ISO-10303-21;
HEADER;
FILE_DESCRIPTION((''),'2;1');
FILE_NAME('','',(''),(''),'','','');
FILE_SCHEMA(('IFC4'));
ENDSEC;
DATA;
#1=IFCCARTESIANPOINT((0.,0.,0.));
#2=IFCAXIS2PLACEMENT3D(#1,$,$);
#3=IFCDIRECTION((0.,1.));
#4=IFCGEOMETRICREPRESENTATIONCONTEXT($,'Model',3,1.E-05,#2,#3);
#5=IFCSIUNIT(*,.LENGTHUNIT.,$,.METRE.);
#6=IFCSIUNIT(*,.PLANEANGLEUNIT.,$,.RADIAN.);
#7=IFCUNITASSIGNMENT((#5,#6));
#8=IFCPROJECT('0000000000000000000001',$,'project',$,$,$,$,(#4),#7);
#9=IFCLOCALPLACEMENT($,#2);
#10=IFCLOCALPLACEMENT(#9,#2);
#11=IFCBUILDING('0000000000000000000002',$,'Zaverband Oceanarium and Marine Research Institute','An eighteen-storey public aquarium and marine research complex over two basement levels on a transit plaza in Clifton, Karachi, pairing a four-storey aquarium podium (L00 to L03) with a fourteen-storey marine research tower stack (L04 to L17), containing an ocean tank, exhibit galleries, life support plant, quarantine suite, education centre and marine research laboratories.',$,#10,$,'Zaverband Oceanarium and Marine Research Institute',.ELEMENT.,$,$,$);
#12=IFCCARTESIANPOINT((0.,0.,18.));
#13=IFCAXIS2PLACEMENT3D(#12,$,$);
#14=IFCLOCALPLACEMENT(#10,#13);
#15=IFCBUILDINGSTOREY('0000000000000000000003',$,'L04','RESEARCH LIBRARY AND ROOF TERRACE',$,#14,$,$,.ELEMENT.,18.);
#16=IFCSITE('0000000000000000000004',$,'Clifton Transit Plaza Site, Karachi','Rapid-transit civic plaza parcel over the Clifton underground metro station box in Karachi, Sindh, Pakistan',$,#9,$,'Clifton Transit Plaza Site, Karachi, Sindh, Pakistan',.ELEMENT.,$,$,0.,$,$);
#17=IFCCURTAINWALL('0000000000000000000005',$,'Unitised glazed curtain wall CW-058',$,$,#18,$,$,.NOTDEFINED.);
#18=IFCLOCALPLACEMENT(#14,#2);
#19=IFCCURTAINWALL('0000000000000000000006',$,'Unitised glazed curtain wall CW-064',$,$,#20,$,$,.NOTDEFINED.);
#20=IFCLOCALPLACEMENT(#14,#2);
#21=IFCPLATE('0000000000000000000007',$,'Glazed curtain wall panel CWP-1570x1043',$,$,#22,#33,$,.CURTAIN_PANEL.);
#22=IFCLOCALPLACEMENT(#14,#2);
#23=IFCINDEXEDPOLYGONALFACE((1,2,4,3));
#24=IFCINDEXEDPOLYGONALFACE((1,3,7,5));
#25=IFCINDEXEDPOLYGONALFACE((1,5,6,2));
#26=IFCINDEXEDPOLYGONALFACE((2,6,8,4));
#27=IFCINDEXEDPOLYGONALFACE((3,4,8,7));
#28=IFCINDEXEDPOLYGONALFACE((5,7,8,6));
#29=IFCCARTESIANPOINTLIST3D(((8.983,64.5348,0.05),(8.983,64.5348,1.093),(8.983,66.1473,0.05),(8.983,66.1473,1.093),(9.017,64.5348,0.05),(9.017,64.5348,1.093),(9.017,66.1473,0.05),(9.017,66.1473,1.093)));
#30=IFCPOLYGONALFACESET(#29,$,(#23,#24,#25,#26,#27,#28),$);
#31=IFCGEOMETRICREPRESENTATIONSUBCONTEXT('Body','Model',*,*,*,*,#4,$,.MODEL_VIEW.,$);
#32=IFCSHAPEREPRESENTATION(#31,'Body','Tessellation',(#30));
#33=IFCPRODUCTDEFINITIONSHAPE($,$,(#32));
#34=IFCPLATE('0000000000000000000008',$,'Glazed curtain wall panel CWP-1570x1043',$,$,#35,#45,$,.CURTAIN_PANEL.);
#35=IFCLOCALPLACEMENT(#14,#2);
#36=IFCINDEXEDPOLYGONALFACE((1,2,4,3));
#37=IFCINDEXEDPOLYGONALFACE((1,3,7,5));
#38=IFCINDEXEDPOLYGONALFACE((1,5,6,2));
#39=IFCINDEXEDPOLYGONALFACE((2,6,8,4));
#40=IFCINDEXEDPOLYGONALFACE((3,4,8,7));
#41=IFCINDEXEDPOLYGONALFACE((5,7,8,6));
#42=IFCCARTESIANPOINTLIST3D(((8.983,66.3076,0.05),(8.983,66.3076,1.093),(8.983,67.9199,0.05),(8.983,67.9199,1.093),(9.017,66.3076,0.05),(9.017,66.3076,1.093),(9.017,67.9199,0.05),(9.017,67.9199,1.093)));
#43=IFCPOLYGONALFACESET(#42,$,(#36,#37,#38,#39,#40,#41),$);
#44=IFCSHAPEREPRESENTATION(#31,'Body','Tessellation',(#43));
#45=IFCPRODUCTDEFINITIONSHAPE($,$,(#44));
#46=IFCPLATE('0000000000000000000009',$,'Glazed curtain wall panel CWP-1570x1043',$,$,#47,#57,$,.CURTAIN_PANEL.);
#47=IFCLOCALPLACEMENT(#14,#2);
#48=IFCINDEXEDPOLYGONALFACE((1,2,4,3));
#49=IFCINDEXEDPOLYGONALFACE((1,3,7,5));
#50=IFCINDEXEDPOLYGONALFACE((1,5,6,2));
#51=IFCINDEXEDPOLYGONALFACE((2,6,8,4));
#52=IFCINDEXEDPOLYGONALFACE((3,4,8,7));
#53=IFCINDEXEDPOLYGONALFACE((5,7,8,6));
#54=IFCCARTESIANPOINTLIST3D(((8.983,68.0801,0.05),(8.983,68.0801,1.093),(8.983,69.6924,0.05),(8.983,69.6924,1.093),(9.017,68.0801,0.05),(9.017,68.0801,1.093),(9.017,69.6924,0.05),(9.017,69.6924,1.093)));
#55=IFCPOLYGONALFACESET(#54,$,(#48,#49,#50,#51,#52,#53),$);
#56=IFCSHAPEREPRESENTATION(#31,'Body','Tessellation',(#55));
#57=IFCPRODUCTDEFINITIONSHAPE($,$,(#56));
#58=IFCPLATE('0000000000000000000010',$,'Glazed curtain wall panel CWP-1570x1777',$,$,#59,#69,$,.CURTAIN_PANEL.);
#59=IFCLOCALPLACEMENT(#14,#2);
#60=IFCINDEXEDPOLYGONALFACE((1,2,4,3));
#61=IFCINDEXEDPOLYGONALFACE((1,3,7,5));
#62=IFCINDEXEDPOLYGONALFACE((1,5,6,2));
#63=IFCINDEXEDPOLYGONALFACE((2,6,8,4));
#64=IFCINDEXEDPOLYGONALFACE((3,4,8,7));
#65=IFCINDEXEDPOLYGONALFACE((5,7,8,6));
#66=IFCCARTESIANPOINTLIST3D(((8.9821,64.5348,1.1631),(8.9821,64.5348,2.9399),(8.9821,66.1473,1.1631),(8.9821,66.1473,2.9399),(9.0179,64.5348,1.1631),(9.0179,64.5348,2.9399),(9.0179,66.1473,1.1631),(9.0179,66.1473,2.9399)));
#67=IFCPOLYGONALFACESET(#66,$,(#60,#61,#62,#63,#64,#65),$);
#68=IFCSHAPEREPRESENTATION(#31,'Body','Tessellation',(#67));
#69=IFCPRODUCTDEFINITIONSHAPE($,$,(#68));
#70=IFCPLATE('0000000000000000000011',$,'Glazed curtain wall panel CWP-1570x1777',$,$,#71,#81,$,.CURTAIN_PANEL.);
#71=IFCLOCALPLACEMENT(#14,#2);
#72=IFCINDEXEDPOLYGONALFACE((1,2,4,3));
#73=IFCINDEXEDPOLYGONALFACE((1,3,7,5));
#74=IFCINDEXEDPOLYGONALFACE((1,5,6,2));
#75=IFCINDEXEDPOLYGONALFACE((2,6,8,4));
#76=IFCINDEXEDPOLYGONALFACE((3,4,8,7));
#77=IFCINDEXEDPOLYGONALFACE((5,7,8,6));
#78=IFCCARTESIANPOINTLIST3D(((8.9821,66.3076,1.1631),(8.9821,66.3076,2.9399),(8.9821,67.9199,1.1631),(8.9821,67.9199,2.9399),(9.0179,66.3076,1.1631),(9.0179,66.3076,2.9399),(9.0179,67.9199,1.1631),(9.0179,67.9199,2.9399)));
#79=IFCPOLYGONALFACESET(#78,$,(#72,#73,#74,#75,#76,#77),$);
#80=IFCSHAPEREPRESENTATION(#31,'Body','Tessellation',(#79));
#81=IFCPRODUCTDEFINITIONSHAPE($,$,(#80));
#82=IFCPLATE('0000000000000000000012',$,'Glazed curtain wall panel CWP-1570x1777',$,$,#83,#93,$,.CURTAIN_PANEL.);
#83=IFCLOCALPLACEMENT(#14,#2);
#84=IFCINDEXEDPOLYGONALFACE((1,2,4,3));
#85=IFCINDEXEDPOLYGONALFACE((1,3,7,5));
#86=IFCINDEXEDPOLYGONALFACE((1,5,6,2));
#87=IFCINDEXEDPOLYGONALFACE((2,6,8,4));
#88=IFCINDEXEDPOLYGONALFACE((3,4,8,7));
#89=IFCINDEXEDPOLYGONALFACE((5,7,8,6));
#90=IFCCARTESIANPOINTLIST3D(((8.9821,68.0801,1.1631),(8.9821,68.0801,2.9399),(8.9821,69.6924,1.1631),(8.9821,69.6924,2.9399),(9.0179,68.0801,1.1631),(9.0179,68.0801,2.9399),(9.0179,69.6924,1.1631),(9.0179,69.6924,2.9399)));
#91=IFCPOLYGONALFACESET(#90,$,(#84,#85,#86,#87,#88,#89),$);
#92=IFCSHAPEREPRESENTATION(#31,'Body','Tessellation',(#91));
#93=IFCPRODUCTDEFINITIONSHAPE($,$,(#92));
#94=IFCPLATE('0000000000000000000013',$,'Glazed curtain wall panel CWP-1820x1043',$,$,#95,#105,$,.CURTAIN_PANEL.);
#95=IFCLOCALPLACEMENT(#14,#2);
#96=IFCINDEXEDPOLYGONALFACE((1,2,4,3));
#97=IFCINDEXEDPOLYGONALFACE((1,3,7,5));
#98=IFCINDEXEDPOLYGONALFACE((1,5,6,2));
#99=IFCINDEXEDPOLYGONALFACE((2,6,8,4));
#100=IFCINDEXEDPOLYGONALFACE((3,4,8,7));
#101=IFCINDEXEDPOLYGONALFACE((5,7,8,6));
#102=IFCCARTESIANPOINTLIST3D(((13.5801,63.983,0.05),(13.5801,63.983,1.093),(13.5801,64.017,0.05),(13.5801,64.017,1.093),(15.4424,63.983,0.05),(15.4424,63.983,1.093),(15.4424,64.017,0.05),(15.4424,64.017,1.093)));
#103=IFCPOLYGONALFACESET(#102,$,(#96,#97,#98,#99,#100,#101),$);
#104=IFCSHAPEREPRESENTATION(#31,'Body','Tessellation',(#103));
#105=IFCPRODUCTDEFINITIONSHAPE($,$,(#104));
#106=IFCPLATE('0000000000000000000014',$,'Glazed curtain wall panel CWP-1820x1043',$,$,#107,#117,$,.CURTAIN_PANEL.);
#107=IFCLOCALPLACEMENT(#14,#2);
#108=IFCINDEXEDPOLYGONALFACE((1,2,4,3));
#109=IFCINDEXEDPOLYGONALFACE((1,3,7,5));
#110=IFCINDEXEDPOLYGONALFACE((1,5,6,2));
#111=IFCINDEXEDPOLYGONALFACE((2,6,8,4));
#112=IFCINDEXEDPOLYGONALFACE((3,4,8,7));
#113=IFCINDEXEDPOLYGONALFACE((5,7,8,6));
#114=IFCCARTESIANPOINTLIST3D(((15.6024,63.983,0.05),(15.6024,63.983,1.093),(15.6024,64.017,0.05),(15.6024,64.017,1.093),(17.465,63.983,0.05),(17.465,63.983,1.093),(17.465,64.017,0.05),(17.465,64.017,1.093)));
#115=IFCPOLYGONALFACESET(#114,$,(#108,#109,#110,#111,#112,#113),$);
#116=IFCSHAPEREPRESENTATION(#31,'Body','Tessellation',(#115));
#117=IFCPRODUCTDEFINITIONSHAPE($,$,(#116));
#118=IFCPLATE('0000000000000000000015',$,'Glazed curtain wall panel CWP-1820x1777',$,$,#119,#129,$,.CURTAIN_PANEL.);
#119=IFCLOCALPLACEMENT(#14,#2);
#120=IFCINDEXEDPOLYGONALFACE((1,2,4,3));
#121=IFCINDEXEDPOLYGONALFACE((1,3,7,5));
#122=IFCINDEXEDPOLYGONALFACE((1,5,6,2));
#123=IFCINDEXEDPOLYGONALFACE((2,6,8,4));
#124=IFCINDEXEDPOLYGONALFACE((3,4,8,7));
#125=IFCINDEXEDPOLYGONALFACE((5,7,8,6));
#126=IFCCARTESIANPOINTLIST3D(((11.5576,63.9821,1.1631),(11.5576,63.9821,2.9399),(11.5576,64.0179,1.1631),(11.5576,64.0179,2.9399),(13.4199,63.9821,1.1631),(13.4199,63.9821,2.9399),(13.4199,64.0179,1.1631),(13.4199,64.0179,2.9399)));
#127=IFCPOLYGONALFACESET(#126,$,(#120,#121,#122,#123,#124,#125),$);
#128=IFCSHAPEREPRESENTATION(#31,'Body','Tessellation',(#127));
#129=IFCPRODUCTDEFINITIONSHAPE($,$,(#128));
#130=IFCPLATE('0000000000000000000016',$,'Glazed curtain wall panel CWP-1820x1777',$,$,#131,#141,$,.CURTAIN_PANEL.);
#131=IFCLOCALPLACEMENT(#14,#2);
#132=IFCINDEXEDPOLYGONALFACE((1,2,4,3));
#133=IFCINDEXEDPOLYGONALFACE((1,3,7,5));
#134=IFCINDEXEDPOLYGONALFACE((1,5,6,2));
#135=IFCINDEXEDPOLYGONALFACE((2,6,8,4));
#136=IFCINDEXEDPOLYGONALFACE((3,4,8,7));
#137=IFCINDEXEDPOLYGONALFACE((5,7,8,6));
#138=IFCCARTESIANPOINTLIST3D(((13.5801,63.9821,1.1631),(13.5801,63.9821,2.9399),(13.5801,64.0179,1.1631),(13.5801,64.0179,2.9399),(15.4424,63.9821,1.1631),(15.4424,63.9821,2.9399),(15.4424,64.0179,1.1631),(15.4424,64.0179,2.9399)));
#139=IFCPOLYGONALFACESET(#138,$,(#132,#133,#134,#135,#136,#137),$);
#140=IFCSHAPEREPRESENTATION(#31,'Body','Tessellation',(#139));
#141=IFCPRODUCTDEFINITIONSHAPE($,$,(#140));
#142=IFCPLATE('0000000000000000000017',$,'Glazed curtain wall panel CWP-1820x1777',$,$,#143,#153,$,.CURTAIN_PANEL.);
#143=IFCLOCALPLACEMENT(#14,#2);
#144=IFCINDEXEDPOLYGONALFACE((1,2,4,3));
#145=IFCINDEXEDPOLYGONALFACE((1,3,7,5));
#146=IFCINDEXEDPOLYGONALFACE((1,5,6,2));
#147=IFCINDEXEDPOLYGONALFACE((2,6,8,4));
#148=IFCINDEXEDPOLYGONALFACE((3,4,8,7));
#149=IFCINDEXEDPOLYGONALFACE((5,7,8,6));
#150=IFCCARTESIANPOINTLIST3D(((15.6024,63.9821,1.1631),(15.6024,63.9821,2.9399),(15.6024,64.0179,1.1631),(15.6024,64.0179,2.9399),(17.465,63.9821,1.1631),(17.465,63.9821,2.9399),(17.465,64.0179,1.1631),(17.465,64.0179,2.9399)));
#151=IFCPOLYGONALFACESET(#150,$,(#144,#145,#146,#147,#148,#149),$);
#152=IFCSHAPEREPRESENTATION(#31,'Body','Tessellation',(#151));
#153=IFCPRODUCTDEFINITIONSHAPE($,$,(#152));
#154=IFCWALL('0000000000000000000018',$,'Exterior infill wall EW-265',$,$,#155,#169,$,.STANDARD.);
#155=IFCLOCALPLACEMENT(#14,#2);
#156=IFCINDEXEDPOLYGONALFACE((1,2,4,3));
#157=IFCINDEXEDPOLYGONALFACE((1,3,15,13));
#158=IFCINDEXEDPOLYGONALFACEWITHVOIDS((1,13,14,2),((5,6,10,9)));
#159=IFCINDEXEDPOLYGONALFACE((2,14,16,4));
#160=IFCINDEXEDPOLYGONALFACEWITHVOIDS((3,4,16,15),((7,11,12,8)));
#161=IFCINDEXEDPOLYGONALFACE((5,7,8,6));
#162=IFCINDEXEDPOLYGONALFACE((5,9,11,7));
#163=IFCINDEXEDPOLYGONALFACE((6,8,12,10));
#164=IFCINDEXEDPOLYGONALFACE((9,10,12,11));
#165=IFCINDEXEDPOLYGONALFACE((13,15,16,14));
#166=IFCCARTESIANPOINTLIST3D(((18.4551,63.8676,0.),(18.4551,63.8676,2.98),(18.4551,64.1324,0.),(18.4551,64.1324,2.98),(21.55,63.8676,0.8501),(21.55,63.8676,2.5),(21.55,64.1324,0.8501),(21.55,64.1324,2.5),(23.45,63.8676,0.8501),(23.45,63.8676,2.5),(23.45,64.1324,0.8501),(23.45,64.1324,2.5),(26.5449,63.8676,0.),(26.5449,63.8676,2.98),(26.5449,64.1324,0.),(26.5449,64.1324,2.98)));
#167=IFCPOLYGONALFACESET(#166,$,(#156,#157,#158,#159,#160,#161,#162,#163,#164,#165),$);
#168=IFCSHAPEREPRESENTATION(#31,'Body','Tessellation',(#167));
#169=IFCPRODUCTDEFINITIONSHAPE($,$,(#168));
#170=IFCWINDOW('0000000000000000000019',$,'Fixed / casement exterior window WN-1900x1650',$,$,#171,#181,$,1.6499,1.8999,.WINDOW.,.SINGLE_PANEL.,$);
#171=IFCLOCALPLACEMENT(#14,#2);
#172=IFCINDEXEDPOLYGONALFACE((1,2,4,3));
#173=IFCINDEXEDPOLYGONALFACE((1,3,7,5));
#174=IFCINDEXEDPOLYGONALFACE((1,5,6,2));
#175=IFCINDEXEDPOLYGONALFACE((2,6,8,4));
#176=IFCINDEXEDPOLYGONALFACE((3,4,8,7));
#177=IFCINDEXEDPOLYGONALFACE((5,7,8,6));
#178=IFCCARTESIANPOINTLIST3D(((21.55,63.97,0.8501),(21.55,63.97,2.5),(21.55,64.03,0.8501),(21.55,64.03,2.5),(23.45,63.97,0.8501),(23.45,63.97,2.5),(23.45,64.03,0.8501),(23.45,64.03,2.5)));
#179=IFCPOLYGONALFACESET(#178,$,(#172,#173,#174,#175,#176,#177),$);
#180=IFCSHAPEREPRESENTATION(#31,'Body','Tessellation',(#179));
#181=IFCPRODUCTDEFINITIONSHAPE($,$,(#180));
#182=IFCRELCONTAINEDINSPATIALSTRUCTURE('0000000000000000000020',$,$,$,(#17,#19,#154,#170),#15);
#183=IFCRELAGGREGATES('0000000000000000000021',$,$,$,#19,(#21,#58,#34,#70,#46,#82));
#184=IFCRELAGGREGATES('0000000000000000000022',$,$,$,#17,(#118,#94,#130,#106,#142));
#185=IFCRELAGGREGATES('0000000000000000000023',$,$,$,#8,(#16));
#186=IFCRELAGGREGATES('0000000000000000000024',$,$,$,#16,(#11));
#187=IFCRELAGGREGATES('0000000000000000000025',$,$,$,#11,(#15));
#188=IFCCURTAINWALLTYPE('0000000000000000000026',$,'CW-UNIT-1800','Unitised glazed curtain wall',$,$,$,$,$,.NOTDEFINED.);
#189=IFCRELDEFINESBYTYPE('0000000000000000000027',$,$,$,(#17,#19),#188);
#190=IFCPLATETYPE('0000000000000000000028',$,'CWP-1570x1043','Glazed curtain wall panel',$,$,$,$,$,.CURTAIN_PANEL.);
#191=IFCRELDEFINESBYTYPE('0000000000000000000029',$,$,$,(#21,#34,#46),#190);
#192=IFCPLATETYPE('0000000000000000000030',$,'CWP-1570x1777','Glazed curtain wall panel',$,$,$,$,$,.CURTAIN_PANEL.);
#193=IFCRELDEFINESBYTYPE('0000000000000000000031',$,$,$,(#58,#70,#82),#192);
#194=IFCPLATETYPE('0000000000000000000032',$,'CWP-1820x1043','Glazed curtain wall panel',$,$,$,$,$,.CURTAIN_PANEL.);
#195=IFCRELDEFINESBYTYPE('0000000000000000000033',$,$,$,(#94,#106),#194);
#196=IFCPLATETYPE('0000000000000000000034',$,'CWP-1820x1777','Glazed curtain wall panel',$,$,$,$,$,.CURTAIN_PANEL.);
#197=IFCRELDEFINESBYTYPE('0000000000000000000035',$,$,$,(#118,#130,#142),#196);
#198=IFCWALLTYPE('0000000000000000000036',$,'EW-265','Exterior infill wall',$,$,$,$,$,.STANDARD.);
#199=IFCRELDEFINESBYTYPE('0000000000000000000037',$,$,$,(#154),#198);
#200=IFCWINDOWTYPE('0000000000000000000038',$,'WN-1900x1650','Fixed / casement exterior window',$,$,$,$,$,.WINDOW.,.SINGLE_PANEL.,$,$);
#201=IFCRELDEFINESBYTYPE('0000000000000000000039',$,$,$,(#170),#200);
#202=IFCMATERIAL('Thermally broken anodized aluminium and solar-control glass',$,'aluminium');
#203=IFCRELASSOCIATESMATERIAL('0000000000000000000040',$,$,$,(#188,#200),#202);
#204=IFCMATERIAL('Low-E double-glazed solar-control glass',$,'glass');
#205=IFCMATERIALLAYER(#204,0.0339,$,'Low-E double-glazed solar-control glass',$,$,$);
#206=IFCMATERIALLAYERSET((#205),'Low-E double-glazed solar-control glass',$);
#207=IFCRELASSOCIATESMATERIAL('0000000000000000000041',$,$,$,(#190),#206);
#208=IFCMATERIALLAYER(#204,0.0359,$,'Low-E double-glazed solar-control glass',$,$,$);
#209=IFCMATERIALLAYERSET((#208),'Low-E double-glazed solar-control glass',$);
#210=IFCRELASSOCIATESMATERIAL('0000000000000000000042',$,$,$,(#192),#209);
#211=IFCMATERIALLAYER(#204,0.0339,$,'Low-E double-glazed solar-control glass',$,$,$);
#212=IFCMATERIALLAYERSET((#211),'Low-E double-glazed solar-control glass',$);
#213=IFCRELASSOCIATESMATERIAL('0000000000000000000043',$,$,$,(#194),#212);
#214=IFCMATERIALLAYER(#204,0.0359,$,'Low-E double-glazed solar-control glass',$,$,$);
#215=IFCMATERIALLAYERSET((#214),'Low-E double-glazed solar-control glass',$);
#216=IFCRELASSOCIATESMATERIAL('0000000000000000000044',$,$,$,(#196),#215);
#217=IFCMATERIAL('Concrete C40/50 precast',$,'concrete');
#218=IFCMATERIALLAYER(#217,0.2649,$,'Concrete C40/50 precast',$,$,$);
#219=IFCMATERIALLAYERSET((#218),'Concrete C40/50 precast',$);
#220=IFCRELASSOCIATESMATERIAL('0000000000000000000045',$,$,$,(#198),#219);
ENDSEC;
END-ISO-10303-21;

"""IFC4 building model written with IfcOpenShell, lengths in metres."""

from ifc_helpers import new_model, si_unit, direction, frame, frame_2d, origin, place, context, subcontext, project, spatial, rectangle, extrude, material, layer, layer_set, type_object, element, fill, aggregate, save


model = new_model("IFC4")

# Units and contexts
model_context = context("Model", 3, precision=1e-05, world=origin(), true_north=direction((0.0, 1.0)))
body_context = subcontext(model_context, "Body", "Model", "MODEL_VIEW")
ifc_project = project(units=[si_unit("LENGTHUNIT", "METRE"), si_unit("PLANEANGLEUNIT", "RADIAN")], contexts=[model_context])

# Site, building, storey
site_placement = place(None, origin())
site = spatial("IfcSite", under=ifc_project, at=site_placement, Name="Clifton Transit Plaza Site, Karachi", Description="Rapid-transit civic plaza parcel over the Clifton underground metro station box in Karachi, Sindh, Pakistan", LongName="Clifton Transit Plaza Site, Karachi, Sindh, Pakistan", CompositionType="ELEMENT", RefElevation=0.0)
building_placement = place(site_placement, origin())
building = spatial("IfcBuilding", under=site, at=building_placement, Name="Zaverband Oceanarium and Marine Research Institute", Description="An eighteen-storey public aquarium and marine research complex over two basement levels on a transit plaza in Clifton, Karachi, pairing a four-storey aquarium podium (L00 to L03) with a fourteen-storey marine research tower stack (L04 to L17), containing an ocean tank, exhibit galleries, life support plant, quarantine suite, education centre and marine research laboratories.", LongName="Zaverband Oceanarium and Marine Research Institute", CompositionType="ELEMENT")
storey_placement = place(building_placement, frame((0.0, 0.0, 18.0)))
storey = spatial("IfcBuildingStorey", under=building, at=storey_placement, Name="L04", Description="RESEARCH LIBRARY AND ROOF TERRACE", CompositionType="ELEMENT", Elevation=18.0)

# Curtain wall
ifc_material_1 = material(Name="Thermally broken anodized aluminium and solar-control glass", Category="aluminium")
curtain_wall_type = type_object("IfcCurtainWallType", Name="CW-UNIT-1800", Description="Unitised glazed curtain wall", PredefinedType="NOTDEFINED", material=ifc_material_1)
curtain_wall_1_placement = place(storey_placement, origin())
curtain_wall_1 = element("IfcCurtainWall", 1, at=curtain_wall_1_placement, inside=storey, type_object=curtain_wall_type, Name="Unitised glazed curtain wall CW-058", PredefinedType="NOTDEFINED")

# Curtain wall, plates
curtain_wall_2_placement = place(storey_placement, origin())
curtain_wall_2 = element("IfcCurtainWall", 2, at=curtain_wall_2_placement, inside=storey, type_object=curtain_wall_type, Name="Unitised glazed curtain wall CW-064", PredefinedType="NOTDEFINED")
ifc_material_2 = material(Name="Low-E double-glazed solar-control glass", Category="glass")
ifc_layer_1 = layer(ifc_material_2, 0.0339, Name="Low-E double-glazed solar-control glass")
ifc_layer_set_1 = layer_set([ifc_layer_1], Name="Low-E double-glazed solar-control glass")
plate_type_1 = type_object("IfcPlateType", Name="CWP-1570x1043", Description="Glazed curtain wall panel", PredefinedType="CURTAIN_PANEL", material=ifc_layer_set_1)
plate_1_placement = place(storey_placement, frame((9.0, 64.5349, 0.05), z_axis=(0.0, 0.0, 1.0), x_axis=(0.0, 1.0, 0.0)))
plate_1 = element("IfcPlate", 3, at=plate_1_placement, type_object=plate_type_1, Name="Glazed curtain wall panel CWP-1570x1043", PredefinedType="CURTAIN_PANEL", context=body_context, shape_type="SweptSolid", body=[
    extrude(rectangle(XDim=1.6125, YDim=0.0339, at=frame_2d((0.8062, 0.0))), origin(), (0.0, 0.0, 1.0), 1.043),
])
plate_2_placement = place(storey_placement, frame((9.0, 66.3076, 0.05), z_axis=(0.0, 0.0, 1.0), x_axis=(0.0, 1.0, 0.0)))
plate_2 = element("IfcPlate", 4, at=plate_2_placement, type_object=plate_type_1, Name="Glazed curtain wall panel CWP-1570x1043", PredefinedType="CURTAIN_PANEL", context=body_context, shape_type="SweptSolid", body=[
    extrude(rectangle(XDim=1.6123, YDim=0.0339, at=frame_2d((0.8062, 0.0))), origin(), (0.0, 0.0, 1.0), 1.043),
])
plate_3_placement = place(storey_placement, frame((9.0, 68.0801, 0.05), z_axis=(0.0, 0.0, 1.0), x_axis=(0.0, 1.0, 0.0)))
plate_3 = element("IfcPlate", 5, at=plate_3_placement, type_object=plate_type_1, Name="Glazed curtain wall panel CWP-1570x1043", PredefinedType="CURTAIN_PANEL", context=body_context, shape_type="SweptSolid", body=[
    extrude(rectangle(XDim=1.6123, YDim=0.0339, at=frame_2d((0.8062, 0.0))), origin(), (0.0, 0.0, 1.0), 1.043),
])
ifc_layer_2 = layer(ifc_material_2, 0.0359, Name="Low-E double-glazed solar-control glass")
ifc_layer_set_2 = layer_set([ifc_layer_2], Name="Low-E double-glazed solar-control glass")
plate_type_2 = type_object("IfcPlateType", Name="CWP-1570x1777", Description="Glazed curtain wall panel", PredefinedType="CURTAIN_PANEL", material=ifc_layer_set_2)
plate_4_placement = place(storey_placement, frame((9.0, 64.5349, 1.1631), z_axis=(0.0, 0.0, 1.0), x_axis=(0.0, 1.0, 0.0)))
plate_4 = element("IfcPlate", 6, at=plate_4_placement, type_object=plate_type_2, Name="Glazed curtain wall panel CWP-1570x1777", PredefinedType="CURTAIN_PANEL", context=body_context, shape_type="SweptSolid", body=[
    extrude(rectangle(XDim=1.6125, YDim=0.0359, at=frame_2d((0.8062, 0.0))), origin(), (0.0, 0.0, 1.0), 1.7769),
])
plate_5_placement = place(storey_placement, frame((9.0, 66.3076, 1.1631), z_axis=(0.0, 0.0, 1.0), x_axis=(0.0, 1.0, 0.0)))
plate_5 = element("IfcPlate", 7, at=plate_5_placement, type_object=plate_type_2, Name="Glazed curtain wall panel CWP-1570x1777", PredefinedType="CURTAIN_PANEL", context=body_context, shape_type="SweptSolid", body=[
    extrude(rectangle(XDim=1.6123, YDim=0.0359, at=frame_2d((0.8062, 0.0))), origin(), (0.0, 0.0, 1.0), 1.7769),
])
plate_6_placement = place(storey_placement, frame((9.0, 68.0801, 1.1631), z_axis=(0.0, 0.0, 1.0), x_axis=(0.0, 1.0, 0.0)))
plate_6 = element("IfcPlate", 8, at=plate_6_placement, type_object=plate_type_2, Name="Glazed curtain wall panel CWP-1570x1777", PredefinedType="CURTAIN_PANEL", context=body_context, shape_type="SweptSolid", body=[
    extrude(rectangle(XDim=1.6123, YDim=0.0359, at=frame_2d((0.8062, 0.0))), origin(), (0.0, 0.0, 1.0), 1.7769),
])
aggregate(curtain_wall_2, [plate_1, plate_4, plate_2, plate_5, plate_3, plate_6])

# Plates
ifc_layer_3 = layer(ifc_material_2, 0.0339, Name="Low-E double-glazed solar-control glass")
ifc_layer_set_3 = layer_set([ifc_layer_3], Name="Low-E double-glazed solar-control glass")
plate_type_3 = type_object("IfcPlateType", Name="CWP-1820x1043", Description="Glazed curtain wall panel", PredefinedType="CURTAIN_PANEL", material=ifc_layer_set_3)
plate_7_placement = place(storey_placement, frame((13.5801, 64.0, 0.05), z_axis=(0.0, 0.0, 1.0), x_axis=(1.0, 0.0, 0.0)))
plate_7 = element("IfcPlate", 9, at=plate_7_placement, type_object=plate_type_3, Name="Glazed curtain wall panel CWP-1820x1043", PredefinedType="CURTAIN_PANEL", context=body_context, shape_type="SweptSolid", body=[
    extrude(rectangle(XDim=1.8623, YDim=0.0339, at=frame_2d((0.9312, 0.0))), origin(), (0.0, 0.0, 1.0), 1.043),
])
plate_8_placement = place(storey_placement, frame((15.6025, 64.0, 0.05), z_axis=(0.0, 0.0, 1.0), x_axis=(1.0, 0.0, 0.0)))
plate_8 = element("IfcPlate", 10, at=plate_8_placement, type_object=plate_type_3, Name="Glazed curtain wall panel CWP-1820x1043", PredefinedType="CURTAIN_PANEL", context=body_context, shape_type="SweptSolid", body=[
    extrude(rectangle(XDim=1.8625, YDim=0.0339, at=frame_2d((0.9312, 0.0))), origin(), (0.0, 0.0, 1.0), 1.043),
])
ifc_layer_4 = layer(ifc_material_2, 0.0359, Name="Low-E double-glazed solar-control glass")
ifc_layer_set_4 = layer_set([ifc_layer_4], Name="Low-E double-glazed solar-control glass")
plate_type_4 = type_object("IfcPlateType", Name="CWP-1820x1777", Description="Glazed curtain wall panel", PredefinedType="CURTAIN_PANEL", material=ifc_layer_set_4)
plate_9_placement = place(storey_placement, frame((11.5576, 64.0, 1.1631), z_axis=(0.0, 0.0, 1.0), x_axis=(1.0, 0.0, 0.0)))
plate_9 = element("IfcPlate", 11, at=plate_9_placement, type_object=plate_type_4, Name="Glazed curtain wall panel CWP-1820x1777", PredefinedType="CURTAIN_PANEL", context=body_context, shape_type="SweptSolid", body=[
    extrude(rectangle(XDim=1.8623, YDim=0.0359, at=frame_2d((0.9312, 0.0))), origin(), (0.0, 0.0, 1.0), 1.7769),
])
plate_10_placement = place(storey_placement, frame((13.5801, 64.0, 1.1631), z_axis=(0.0, 0.0, 1.0), x_axis=(1.0, 0.0, 0.0)))
plate_10 = element("IfcPlate", 12, at=plate_10_placement, type_object=plate_type_4, Name="Glazed curtain wall panel CWP-1820x1777", PredefinedType="CURTAIN_PANEL", context=body_context, shape_type="SweptSolid", body=[
    extrude(rectangle(XDim=1.8623, YDim=0.0359, at=frame_2d((0.9312, 0.0))), origin(), (0.0, 0.0, 1.0), 1.7769),
])
plate_11_placement = place(storey_placement, frame((15.6025, 64.0, 1.1631), z_axis=(0.0, 0.0, 1.0), x_axis=(1.0, 0.0, 0.0)))
plate_11 = element("IfcPlate", 13, at=plate_11_placement, type_object=plate_type_4, Name="Glazed curtain wall panel CWP-1820x1777", PredefinedType="CURTAIN_PANEL", context=body_context, shape_type="SweptSolid", body=[
    extrude(rectangle(XDim=1.8625, YDim=0.0359, at=frame_2d((0.9312, 0.0))), origin(), (0.0, 0.0, 1.0), 1.7769),
])
aggregate(curtain_wall_1, [plate_9, plate_7, plate_10, plate_8, plate_11])

# Wall, opening, window
ifc_material_3 = material(Name="Concrete C40/50 precast", Category="concrete")
ifc_layer_5 = layer(ifc_material_3, 0.2649, Name="Concrete C40/50 precast")
ifc_layer_set_5 = layer_set([ifc_layer_5], Name="Concrete C40/50 precast")
wall_type_1 = type_object("IfcWallType", Name="EW-265", Description="Exterior infill wall", PredefinedType="STANDARD", material=ifc_layer_set_5)
wall_1_placement = place(storey_placement, frame((18.4551, 64.0, 0.0), z_axis=(0.0, 0.0, 1.0), x_axis=(1.0, 0.0, 0.0)))
wall_1 = element("IfcWall", 14, at=wall_1_placement, inside=storey, type_object=wall_type_1, Name="Exterior infill wall EW-265", PredefinedType="STANDARD", context=body_context, shape_type="SweptSolid", body=[
    extrude(rectangle(XDim=8.0898, YDim=0.2649, at=frame_2d((4.0449, 0.0))), origin(), (0.0, 0.0, 1.0), 2.98),
])
opening_1_placement = place(wall_1_placement, frame((3.095, 0.0, 0.8501)))
opening_1 = element("IfcOpeningElement", 15, at=opening_1_placement, cuts=wall_1, PredefinedType="OPENING", context=body_context, shape_type="SweptSolid", body=[
    extrude(rectangle(XDim=1.8999, YDim=1.6499, at=frame_2d((0.95, 0.825))), frame((0.0, 0.1445, 0.0), z_axis=(0.0, -1.0, 0.0), x_axis=(1.0, 0.0, 0.0)), (0.0, 0.0, 1.0), 0.2888),
])
window_type = type_object("IfcWindowType", Name="WN-1900x1650", Description="Fixed / casement exterior window", PartitioningType="SINGLE_PANEL", PredefinedType="WINDOW", material=ifc_material_1)
window_placement = place(opening_1_placement, origin())
window = element("IfcWindow", 16, at=window_placement, inside=storey, type_object=window_type, Name="Fixed / casement exterior window WN-1900x1650", OverallHeight=1.6499, OverallWidth=1.8999, PartitioningType="SINGLE_PANEL", PredefinedType="WINDOW", context=body_context, shape_type="SweptSolid", body=[
    extrude(rectangle(XDim=1.8999, YDim=1.6499, at=frame_2d((0.95, 0.825))), frame((0.0, 0.03, 0.0), z_axis=(0.0, -1.0, 0.0), x_axis=(1.0, 0.0, 0.0)), (0.0, 0.0, 1.0), 0.0601),
])
fill(opening_1, window)

save(model, "model.ifc")
